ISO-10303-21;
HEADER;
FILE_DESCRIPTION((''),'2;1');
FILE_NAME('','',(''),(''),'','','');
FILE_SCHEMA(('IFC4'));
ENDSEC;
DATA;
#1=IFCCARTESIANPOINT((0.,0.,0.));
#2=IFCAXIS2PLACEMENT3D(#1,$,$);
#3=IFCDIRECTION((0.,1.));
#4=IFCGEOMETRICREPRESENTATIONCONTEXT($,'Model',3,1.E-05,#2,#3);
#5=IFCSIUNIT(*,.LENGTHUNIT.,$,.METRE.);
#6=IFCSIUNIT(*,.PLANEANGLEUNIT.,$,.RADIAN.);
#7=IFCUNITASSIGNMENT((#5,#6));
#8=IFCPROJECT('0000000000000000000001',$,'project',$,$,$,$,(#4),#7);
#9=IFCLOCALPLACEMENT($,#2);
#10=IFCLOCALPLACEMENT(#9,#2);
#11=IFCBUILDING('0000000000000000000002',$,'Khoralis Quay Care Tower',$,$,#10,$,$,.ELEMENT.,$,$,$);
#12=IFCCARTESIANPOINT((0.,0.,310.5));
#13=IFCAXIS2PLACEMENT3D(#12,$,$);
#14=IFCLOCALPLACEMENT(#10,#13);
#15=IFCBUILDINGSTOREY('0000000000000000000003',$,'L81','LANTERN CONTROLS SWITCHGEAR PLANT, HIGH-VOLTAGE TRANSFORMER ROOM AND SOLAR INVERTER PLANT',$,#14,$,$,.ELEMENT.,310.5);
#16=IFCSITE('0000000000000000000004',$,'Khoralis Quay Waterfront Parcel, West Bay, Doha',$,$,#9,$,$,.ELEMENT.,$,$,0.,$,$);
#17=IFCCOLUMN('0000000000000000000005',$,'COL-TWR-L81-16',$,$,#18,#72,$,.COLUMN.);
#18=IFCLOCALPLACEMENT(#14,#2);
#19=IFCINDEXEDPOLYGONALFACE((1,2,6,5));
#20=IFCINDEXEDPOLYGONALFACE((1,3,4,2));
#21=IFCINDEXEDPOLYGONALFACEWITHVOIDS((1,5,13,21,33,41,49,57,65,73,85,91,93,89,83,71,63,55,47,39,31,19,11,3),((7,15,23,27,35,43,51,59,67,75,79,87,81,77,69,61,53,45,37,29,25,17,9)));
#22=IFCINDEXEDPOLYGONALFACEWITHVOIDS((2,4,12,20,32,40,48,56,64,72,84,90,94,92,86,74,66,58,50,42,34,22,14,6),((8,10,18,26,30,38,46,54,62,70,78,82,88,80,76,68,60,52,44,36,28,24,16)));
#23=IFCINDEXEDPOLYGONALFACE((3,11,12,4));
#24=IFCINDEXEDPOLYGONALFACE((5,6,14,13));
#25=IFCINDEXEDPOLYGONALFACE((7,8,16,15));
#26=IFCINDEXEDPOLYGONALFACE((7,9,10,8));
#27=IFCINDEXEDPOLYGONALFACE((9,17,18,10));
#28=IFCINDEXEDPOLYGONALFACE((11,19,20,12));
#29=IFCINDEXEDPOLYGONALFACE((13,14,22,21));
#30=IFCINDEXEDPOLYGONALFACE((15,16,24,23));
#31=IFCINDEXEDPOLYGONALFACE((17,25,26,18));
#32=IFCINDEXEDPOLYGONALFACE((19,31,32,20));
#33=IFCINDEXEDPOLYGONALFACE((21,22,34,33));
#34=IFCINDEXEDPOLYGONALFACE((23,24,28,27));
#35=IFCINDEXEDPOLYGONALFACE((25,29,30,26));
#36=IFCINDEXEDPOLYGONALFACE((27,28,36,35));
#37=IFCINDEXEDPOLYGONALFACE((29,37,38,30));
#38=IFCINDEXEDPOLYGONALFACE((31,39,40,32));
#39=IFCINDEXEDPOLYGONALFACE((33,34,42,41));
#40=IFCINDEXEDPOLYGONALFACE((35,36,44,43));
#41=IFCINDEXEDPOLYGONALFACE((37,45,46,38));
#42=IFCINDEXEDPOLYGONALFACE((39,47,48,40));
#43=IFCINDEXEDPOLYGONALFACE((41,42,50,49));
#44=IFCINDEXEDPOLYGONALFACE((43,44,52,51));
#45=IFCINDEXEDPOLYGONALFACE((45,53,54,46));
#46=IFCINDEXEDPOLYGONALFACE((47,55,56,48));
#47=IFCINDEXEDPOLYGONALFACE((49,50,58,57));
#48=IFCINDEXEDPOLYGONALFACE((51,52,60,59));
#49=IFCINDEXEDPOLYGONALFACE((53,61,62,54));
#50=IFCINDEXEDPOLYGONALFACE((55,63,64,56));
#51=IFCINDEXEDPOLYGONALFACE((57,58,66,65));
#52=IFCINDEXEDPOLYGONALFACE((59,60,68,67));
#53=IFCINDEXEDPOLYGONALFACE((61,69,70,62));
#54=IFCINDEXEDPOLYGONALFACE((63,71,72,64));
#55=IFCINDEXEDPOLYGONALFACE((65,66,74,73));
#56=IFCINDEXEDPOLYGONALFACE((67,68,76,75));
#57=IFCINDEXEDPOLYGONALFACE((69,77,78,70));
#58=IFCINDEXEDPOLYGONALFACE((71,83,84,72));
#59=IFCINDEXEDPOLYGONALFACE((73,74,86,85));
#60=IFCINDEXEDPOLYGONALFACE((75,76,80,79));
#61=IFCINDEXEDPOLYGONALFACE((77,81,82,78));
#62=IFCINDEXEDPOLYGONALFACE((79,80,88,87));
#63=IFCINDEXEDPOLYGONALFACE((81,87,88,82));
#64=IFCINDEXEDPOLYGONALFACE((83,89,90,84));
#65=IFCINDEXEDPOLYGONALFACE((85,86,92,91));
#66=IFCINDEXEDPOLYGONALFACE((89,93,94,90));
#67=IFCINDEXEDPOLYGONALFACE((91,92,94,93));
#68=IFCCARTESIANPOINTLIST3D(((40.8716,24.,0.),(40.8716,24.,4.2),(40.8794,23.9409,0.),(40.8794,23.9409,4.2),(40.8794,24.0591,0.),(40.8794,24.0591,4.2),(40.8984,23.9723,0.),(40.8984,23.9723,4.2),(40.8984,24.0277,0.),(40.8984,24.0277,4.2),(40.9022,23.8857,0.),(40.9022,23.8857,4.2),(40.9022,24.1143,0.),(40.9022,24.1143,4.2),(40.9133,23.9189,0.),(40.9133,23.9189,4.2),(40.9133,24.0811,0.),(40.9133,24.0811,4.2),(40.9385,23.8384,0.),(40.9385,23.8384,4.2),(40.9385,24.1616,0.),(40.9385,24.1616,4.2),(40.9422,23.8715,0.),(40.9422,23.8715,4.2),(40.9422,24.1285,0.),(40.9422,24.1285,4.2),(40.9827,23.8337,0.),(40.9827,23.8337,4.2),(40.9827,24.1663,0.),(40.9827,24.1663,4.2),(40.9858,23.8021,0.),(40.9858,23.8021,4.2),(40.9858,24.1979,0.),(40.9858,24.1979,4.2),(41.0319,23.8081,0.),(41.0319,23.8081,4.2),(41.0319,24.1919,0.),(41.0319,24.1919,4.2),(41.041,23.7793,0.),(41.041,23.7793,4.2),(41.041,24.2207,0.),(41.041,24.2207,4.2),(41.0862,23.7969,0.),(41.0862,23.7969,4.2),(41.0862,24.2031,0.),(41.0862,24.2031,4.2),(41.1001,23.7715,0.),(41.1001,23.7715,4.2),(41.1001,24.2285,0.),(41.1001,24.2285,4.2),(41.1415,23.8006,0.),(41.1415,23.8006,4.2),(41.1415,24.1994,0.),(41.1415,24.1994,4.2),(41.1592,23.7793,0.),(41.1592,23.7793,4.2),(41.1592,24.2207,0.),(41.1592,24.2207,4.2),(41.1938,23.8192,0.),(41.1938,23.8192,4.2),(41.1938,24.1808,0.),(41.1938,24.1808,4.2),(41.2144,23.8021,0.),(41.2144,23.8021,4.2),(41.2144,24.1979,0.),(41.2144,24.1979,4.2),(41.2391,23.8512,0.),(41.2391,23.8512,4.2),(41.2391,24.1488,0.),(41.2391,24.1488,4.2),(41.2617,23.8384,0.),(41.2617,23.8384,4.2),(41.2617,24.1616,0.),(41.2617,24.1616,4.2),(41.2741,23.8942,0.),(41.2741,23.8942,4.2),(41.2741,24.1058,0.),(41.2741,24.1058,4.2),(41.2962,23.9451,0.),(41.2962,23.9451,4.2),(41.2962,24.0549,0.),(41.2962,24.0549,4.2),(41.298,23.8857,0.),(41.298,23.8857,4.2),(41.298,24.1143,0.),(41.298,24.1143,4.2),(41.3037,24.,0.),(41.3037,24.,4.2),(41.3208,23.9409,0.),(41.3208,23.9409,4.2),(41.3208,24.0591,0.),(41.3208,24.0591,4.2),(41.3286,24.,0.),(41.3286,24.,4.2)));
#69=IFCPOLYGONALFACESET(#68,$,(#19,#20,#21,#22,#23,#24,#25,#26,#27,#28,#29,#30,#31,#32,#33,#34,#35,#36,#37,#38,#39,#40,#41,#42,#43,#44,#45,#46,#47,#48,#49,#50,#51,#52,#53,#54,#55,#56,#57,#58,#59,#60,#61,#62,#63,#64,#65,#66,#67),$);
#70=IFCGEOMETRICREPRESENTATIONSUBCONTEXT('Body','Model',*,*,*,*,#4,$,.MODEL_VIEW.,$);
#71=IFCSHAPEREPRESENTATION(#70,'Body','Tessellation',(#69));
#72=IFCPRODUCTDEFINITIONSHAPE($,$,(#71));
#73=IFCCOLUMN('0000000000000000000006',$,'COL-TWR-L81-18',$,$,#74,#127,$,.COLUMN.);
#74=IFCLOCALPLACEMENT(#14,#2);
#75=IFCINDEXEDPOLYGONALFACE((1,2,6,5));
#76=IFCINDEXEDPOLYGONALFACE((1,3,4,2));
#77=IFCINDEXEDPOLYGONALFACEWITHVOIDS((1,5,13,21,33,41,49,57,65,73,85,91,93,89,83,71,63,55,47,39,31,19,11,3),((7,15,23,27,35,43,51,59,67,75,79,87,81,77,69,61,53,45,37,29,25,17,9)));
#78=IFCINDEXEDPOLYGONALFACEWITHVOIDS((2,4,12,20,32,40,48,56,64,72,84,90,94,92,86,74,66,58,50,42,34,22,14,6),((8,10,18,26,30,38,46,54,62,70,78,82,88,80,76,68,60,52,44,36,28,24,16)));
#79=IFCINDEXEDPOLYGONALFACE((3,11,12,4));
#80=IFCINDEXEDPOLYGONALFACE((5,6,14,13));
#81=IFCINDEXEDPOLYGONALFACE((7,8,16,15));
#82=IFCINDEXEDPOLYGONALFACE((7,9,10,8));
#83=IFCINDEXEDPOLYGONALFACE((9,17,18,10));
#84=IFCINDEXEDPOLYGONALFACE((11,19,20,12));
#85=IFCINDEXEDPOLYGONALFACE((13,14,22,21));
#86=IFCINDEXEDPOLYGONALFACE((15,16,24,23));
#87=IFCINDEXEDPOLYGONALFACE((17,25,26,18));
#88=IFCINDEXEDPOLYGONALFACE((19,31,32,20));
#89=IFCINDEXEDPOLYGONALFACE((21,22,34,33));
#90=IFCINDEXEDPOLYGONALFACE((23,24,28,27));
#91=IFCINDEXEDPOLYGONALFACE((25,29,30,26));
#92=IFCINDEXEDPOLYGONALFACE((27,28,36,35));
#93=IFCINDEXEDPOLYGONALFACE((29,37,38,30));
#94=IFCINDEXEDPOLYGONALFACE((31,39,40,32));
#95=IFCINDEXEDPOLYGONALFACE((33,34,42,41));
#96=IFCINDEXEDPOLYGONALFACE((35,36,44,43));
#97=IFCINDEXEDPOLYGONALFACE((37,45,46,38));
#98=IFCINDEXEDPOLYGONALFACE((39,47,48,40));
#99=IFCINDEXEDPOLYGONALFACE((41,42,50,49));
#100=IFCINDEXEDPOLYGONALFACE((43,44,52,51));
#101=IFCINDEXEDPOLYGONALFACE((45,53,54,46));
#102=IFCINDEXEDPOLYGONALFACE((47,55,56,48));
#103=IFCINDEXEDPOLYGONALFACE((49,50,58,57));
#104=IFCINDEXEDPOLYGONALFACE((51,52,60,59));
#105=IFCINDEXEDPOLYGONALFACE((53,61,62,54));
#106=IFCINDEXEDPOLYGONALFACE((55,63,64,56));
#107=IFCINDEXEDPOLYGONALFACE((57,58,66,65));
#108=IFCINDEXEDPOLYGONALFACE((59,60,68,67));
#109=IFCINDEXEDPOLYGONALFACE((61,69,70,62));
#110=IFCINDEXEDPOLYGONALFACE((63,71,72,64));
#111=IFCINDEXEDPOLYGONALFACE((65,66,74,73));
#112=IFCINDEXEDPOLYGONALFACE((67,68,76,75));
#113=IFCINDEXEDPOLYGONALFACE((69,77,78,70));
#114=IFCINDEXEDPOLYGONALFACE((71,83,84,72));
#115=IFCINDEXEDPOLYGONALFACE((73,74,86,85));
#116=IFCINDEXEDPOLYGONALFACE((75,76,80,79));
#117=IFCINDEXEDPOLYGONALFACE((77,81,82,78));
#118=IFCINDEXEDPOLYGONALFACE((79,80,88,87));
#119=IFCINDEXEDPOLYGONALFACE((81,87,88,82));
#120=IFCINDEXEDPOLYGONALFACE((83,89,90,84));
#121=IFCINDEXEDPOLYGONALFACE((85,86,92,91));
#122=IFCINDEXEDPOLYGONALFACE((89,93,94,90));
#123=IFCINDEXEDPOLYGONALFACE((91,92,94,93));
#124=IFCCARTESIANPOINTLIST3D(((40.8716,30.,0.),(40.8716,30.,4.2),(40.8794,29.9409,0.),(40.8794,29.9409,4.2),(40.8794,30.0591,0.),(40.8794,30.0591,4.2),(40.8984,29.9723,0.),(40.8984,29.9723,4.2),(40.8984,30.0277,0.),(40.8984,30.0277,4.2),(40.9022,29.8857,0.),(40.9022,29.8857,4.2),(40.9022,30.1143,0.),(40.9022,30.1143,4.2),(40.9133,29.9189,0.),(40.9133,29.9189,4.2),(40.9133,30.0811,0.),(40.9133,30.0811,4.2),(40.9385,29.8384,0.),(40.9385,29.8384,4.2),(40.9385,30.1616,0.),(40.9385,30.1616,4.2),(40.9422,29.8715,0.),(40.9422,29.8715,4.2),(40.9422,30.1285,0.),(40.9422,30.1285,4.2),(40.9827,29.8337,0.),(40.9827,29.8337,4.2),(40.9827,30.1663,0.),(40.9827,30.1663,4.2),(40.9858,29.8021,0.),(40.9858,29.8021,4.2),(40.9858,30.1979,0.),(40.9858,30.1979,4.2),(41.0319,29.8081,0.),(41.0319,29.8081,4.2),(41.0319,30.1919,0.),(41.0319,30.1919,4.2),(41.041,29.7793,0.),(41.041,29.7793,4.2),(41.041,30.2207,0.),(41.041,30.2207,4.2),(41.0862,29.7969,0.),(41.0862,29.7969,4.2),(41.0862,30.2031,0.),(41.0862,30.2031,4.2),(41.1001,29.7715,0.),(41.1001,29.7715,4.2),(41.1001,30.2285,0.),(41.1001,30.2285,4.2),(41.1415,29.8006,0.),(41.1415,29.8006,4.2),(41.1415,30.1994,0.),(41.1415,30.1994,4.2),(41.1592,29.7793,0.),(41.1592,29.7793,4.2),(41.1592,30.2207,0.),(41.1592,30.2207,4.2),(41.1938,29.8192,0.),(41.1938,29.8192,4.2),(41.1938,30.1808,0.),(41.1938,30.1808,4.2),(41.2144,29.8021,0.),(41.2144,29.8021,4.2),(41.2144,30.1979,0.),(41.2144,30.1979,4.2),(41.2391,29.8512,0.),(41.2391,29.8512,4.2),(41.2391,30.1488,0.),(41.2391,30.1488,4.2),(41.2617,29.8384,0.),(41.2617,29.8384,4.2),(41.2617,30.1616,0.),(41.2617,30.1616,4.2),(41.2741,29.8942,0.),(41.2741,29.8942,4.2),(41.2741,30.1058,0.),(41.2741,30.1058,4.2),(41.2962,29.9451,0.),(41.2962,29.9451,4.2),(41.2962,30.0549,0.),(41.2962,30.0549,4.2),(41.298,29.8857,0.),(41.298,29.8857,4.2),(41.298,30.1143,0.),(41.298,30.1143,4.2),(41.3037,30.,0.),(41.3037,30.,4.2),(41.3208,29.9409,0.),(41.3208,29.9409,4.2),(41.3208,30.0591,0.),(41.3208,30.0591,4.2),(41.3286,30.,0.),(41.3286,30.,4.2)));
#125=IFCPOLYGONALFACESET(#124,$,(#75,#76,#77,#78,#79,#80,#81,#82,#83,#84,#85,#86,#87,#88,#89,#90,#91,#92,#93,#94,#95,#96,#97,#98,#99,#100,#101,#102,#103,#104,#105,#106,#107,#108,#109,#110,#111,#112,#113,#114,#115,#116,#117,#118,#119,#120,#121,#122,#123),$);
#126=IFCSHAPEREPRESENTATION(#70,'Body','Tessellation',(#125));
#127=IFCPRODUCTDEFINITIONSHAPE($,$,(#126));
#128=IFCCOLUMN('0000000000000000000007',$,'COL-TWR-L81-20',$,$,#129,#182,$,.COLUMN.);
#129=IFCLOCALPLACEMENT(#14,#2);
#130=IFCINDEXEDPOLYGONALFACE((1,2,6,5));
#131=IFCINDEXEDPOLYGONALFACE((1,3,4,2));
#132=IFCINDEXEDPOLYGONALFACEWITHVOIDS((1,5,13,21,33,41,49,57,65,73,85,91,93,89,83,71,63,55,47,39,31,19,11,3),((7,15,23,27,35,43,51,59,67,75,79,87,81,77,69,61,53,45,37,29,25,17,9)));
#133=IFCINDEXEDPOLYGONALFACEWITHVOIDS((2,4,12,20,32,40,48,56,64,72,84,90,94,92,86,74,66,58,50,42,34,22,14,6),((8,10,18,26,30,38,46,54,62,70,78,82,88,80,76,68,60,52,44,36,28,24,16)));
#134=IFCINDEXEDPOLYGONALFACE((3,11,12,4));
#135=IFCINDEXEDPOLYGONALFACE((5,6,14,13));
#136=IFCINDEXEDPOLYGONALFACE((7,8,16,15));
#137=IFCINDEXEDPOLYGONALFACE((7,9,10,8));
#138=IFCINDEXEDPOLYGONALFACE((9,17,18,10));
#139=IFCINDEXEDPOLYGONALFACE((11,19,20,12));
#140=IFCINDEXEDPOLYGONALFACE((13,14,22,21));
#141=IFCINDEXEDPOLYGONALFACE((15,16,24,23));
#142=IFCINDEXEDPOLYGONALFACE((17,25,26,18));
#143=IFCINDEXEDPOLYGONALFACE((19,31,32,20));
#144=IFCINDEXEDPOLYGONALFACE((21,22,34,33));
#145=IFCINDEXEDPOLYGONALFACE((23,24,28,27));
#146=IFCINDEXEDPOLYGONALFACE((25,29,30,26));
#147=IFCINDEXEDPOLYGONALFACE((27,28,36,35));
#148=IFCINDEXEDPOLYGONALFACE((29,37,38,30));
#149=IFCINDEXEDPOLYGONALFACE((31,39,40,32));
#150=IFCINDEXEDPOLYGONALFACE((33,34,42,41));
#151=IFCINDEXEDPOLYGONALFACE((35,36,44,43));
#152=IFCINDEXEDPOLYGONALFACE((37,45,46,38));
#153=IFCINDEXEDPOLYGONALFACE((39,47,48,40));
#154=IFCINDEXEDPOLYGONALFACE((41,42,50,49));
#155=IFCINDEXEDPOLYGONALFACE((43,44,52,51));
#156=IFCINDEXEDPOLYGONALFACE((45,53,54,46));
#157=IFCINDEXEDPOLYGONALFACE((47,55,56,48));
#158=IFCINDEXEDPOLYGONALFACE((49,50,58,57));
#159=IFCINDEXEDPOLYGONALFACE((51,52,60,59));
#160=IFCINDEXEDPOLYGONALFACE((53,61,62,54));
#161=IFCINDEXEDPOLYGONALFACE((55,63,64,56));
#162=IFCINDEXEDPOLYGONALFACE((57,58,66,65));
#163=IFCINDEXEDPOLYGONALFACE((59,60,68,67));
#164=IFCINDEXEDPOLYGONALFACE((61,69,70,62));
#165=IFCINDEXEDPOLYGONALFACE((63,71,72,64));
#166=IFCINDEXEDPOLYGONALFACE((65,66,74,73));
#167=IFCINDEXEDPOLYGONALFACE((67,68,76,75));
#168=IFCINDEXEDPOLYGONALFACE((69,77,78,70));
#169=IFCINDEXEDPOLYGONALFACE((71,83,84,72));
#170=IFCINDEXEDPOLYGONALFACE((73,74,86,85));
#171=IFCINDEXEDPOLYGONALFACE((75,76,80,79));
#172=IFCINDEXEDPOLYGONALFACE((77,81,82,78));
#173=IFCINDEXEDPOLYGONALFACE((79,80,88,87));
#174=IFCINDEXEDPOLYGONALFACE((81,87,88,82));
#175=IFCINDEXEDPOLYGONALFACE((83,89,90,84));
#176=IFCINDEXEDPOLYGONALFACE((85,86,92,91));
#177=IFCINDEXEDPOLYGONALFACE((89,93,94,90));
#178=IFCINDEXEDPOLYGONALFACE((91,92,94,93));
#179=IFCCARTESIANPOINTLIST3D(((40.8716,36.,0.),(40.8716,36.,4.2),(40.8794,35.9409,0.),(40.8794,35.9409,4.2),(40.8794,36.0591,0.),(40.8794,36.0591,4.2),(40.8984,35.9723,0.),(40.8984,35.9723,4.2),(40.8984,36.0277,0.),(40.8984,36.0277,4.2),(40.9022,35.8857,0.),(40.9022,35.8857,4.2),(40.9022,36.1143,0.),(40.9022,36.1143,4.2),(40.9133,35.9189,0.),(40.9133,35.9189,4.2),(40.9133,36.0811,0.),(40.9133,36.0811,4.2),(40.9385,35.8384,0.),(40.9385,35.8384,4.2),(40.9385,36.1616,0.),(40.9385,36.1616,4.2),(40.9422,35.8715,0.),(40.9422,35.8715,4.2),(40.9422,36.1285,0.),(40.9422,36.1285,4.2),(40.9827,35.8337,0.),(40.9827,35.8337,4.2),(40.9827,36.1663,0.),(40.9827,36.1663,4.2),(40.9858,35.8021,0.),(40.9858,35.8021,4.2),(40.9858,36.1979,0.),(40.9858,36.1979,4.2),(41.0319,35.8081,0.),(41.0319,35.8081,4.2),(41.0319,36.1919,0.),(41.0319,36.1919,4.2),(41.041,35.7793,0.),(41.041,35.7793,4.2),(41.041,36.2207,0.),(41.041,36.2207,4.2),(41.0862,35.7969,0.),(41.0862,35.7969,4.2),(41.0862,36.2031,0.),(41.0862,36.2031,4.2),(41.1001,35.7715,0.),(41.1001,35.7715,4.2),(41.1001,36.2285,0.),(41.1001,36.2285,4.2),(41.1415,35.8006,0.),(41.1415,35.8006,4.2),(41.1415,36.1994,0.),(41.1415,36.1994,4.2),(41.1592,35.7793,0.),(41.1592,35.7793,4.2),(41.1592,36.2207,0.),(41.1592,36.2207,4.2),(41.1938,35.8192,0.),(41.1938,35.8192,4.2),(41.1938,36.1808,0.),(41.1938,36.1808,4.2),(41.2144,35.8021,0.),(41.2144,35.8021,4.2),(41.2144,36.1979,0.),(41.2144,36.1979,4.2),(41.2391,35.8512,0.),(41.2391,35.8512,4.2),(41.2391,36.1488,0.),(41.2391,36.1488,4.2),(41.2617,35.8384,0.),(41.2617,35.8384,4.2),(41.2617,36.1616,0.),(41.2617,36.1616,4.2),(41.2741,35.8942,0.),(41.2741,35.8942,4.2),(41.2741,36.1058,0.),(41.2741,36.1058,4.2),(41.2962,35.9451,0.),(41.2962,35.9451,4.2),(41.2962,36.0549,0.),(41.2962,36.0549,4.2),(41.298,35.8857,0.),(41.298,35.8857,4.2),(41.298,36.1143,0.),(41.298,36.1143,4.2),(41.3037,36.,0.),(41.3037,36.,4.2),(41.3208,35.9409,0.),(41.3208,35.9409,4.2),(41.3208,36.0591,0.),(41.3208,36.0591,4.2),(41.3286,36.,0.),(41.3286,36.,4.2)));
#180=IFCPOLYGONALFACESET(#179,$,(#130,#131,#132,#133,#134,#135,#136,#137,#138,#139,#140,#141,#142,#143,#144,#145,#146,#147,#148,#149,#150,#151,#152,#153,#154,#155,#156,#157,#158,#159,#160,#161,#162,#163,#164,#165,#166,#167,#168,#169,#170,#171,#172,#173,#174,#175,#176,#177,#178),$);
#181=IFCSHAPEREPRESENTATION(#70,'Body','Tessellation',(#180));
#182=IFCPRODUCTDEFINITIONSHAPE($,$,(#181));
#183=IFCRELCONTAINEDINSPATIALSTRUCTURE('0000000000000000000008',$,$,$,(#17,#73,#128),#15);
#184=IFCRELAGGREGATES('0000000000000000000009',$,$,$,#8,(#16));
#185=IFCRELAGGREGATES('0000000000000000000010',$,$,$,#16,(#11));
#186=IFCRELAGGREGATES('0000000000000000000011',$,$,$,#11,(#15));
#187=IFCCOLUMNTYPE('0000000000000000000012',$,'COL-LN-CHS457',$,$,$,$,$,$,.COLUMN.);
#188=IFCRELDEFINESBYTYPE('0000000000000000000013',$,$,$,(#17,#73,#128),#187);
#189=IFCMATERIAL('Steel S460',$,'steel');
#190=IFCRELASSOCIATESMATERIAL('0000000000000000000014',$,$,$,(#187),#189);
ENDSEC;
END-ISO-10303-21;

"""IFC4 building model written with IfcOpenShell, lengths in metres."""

from ifc_helpers import new_model, si_unit, direction, frame, origin, origin_2d, place, context, subcontext, project, spatial, hollow_circle, extrude, source, transform, mapped, material, material_profile, profile_set, type_object, element, save


model = new_model("IFC4")

# Units and contexts
model_context = context("Model", 3, precision=1e-05, world=origin(), true_north=direction((0.0, 1.0)))
body_context = subcontext(model_context, "Body", "Model", "MODEL_VIEW")
ifc_project = project(units=[si_unit("LENGTHUNIT", "METRE"), si_unit("PLANEANGLEUNIT", "RADIAN")], contexts=[model_context])

# Site, building, storey
site_placement = place(None, origin())
site = spatial("IfcSite", under=ifc_project, at=site_placement, Name="Khoralis Quay Waterfront Parcel, West Bay, Doha", CompositionType="ELEMENT", RefElevation=0.0)
building_placement = place(site_placement, origin())
building = spatial("IfcBuilding", under=site, at=building_placement, Name="Khoralis Quay Care Tower", CompositionType="ELEMENT")
storey_placement = place(building_placement, frame((0.0, 0.0, 310.5)))
storey = spatial("IfcBuildingStorey", under=building, at=storey_placement, Name="L81", Description="LANTERN CONTROLS SWITCHGEAR PLANT, HIGH-VOLTAGE TRANSFORMER ROOM AND SOLAR INVERTER PLANT", CompositionType="ELEMENT", Elevation=310.5)

# Columns
ifc_material_1 = material(Name="Steel S460", Category="steel")
ifc_material_profile_1 = material_profile(ifc_material_1, hollow_circle(Radius=0.2285, WallThickness=0.0249, at=origin_2d()), Name="Steel S460")
ifc_profile_set_1 = profile_set([ifc_material_profile_1], Name="Steel S460")
column_type = type_object("IfcColumnType", Name="COL-LN-CHS457", PredefinedType="COLUMN", material=ifc_profile_set_1)
shared_shape_1 = source(origin(), body_context, "Body", "SweptSolid", [
    extrude(hollow_circle(Radius=0.2285, WallThickness=0.0249, at=origin_2d()), origin(), (0.0, 0.0, 1.0), 4.2),
])
for number, where, z_axis, x_axis, name in (
    (1, (41.1001, 24.0, 0.0), (0.0, 0.0, 1.0), (1.0, 0.0, 0.0), "COL-TWR-L81-16"),
    (2, (41.1001, 30.0, 0.0), (0.0, 0.0, 1.0), (1.0, 0.0, 0.0), "COL-TWR-L81-18"),
    (3, (41.1001, 36.0, 0.0), (0.0, 0.0, 1.0), (1.0, 0.0, 0.0), "COL-TWR-L81-20"),
):
    element("IfcColumn", number, at=place(storey_placement, frame(where, z_axis=z_axis, x_axis=x_axis)), inside=storey, type_object=column_type, Name=name, PredefinedType="COLUMN", context=body_context, shape_type="MappedRepresentation", body=[
        mapped(shared_shape_1, transform((0.0, 0.0, 0.0), scale=1.0)),
    ])

save(model, "model.ifc")
